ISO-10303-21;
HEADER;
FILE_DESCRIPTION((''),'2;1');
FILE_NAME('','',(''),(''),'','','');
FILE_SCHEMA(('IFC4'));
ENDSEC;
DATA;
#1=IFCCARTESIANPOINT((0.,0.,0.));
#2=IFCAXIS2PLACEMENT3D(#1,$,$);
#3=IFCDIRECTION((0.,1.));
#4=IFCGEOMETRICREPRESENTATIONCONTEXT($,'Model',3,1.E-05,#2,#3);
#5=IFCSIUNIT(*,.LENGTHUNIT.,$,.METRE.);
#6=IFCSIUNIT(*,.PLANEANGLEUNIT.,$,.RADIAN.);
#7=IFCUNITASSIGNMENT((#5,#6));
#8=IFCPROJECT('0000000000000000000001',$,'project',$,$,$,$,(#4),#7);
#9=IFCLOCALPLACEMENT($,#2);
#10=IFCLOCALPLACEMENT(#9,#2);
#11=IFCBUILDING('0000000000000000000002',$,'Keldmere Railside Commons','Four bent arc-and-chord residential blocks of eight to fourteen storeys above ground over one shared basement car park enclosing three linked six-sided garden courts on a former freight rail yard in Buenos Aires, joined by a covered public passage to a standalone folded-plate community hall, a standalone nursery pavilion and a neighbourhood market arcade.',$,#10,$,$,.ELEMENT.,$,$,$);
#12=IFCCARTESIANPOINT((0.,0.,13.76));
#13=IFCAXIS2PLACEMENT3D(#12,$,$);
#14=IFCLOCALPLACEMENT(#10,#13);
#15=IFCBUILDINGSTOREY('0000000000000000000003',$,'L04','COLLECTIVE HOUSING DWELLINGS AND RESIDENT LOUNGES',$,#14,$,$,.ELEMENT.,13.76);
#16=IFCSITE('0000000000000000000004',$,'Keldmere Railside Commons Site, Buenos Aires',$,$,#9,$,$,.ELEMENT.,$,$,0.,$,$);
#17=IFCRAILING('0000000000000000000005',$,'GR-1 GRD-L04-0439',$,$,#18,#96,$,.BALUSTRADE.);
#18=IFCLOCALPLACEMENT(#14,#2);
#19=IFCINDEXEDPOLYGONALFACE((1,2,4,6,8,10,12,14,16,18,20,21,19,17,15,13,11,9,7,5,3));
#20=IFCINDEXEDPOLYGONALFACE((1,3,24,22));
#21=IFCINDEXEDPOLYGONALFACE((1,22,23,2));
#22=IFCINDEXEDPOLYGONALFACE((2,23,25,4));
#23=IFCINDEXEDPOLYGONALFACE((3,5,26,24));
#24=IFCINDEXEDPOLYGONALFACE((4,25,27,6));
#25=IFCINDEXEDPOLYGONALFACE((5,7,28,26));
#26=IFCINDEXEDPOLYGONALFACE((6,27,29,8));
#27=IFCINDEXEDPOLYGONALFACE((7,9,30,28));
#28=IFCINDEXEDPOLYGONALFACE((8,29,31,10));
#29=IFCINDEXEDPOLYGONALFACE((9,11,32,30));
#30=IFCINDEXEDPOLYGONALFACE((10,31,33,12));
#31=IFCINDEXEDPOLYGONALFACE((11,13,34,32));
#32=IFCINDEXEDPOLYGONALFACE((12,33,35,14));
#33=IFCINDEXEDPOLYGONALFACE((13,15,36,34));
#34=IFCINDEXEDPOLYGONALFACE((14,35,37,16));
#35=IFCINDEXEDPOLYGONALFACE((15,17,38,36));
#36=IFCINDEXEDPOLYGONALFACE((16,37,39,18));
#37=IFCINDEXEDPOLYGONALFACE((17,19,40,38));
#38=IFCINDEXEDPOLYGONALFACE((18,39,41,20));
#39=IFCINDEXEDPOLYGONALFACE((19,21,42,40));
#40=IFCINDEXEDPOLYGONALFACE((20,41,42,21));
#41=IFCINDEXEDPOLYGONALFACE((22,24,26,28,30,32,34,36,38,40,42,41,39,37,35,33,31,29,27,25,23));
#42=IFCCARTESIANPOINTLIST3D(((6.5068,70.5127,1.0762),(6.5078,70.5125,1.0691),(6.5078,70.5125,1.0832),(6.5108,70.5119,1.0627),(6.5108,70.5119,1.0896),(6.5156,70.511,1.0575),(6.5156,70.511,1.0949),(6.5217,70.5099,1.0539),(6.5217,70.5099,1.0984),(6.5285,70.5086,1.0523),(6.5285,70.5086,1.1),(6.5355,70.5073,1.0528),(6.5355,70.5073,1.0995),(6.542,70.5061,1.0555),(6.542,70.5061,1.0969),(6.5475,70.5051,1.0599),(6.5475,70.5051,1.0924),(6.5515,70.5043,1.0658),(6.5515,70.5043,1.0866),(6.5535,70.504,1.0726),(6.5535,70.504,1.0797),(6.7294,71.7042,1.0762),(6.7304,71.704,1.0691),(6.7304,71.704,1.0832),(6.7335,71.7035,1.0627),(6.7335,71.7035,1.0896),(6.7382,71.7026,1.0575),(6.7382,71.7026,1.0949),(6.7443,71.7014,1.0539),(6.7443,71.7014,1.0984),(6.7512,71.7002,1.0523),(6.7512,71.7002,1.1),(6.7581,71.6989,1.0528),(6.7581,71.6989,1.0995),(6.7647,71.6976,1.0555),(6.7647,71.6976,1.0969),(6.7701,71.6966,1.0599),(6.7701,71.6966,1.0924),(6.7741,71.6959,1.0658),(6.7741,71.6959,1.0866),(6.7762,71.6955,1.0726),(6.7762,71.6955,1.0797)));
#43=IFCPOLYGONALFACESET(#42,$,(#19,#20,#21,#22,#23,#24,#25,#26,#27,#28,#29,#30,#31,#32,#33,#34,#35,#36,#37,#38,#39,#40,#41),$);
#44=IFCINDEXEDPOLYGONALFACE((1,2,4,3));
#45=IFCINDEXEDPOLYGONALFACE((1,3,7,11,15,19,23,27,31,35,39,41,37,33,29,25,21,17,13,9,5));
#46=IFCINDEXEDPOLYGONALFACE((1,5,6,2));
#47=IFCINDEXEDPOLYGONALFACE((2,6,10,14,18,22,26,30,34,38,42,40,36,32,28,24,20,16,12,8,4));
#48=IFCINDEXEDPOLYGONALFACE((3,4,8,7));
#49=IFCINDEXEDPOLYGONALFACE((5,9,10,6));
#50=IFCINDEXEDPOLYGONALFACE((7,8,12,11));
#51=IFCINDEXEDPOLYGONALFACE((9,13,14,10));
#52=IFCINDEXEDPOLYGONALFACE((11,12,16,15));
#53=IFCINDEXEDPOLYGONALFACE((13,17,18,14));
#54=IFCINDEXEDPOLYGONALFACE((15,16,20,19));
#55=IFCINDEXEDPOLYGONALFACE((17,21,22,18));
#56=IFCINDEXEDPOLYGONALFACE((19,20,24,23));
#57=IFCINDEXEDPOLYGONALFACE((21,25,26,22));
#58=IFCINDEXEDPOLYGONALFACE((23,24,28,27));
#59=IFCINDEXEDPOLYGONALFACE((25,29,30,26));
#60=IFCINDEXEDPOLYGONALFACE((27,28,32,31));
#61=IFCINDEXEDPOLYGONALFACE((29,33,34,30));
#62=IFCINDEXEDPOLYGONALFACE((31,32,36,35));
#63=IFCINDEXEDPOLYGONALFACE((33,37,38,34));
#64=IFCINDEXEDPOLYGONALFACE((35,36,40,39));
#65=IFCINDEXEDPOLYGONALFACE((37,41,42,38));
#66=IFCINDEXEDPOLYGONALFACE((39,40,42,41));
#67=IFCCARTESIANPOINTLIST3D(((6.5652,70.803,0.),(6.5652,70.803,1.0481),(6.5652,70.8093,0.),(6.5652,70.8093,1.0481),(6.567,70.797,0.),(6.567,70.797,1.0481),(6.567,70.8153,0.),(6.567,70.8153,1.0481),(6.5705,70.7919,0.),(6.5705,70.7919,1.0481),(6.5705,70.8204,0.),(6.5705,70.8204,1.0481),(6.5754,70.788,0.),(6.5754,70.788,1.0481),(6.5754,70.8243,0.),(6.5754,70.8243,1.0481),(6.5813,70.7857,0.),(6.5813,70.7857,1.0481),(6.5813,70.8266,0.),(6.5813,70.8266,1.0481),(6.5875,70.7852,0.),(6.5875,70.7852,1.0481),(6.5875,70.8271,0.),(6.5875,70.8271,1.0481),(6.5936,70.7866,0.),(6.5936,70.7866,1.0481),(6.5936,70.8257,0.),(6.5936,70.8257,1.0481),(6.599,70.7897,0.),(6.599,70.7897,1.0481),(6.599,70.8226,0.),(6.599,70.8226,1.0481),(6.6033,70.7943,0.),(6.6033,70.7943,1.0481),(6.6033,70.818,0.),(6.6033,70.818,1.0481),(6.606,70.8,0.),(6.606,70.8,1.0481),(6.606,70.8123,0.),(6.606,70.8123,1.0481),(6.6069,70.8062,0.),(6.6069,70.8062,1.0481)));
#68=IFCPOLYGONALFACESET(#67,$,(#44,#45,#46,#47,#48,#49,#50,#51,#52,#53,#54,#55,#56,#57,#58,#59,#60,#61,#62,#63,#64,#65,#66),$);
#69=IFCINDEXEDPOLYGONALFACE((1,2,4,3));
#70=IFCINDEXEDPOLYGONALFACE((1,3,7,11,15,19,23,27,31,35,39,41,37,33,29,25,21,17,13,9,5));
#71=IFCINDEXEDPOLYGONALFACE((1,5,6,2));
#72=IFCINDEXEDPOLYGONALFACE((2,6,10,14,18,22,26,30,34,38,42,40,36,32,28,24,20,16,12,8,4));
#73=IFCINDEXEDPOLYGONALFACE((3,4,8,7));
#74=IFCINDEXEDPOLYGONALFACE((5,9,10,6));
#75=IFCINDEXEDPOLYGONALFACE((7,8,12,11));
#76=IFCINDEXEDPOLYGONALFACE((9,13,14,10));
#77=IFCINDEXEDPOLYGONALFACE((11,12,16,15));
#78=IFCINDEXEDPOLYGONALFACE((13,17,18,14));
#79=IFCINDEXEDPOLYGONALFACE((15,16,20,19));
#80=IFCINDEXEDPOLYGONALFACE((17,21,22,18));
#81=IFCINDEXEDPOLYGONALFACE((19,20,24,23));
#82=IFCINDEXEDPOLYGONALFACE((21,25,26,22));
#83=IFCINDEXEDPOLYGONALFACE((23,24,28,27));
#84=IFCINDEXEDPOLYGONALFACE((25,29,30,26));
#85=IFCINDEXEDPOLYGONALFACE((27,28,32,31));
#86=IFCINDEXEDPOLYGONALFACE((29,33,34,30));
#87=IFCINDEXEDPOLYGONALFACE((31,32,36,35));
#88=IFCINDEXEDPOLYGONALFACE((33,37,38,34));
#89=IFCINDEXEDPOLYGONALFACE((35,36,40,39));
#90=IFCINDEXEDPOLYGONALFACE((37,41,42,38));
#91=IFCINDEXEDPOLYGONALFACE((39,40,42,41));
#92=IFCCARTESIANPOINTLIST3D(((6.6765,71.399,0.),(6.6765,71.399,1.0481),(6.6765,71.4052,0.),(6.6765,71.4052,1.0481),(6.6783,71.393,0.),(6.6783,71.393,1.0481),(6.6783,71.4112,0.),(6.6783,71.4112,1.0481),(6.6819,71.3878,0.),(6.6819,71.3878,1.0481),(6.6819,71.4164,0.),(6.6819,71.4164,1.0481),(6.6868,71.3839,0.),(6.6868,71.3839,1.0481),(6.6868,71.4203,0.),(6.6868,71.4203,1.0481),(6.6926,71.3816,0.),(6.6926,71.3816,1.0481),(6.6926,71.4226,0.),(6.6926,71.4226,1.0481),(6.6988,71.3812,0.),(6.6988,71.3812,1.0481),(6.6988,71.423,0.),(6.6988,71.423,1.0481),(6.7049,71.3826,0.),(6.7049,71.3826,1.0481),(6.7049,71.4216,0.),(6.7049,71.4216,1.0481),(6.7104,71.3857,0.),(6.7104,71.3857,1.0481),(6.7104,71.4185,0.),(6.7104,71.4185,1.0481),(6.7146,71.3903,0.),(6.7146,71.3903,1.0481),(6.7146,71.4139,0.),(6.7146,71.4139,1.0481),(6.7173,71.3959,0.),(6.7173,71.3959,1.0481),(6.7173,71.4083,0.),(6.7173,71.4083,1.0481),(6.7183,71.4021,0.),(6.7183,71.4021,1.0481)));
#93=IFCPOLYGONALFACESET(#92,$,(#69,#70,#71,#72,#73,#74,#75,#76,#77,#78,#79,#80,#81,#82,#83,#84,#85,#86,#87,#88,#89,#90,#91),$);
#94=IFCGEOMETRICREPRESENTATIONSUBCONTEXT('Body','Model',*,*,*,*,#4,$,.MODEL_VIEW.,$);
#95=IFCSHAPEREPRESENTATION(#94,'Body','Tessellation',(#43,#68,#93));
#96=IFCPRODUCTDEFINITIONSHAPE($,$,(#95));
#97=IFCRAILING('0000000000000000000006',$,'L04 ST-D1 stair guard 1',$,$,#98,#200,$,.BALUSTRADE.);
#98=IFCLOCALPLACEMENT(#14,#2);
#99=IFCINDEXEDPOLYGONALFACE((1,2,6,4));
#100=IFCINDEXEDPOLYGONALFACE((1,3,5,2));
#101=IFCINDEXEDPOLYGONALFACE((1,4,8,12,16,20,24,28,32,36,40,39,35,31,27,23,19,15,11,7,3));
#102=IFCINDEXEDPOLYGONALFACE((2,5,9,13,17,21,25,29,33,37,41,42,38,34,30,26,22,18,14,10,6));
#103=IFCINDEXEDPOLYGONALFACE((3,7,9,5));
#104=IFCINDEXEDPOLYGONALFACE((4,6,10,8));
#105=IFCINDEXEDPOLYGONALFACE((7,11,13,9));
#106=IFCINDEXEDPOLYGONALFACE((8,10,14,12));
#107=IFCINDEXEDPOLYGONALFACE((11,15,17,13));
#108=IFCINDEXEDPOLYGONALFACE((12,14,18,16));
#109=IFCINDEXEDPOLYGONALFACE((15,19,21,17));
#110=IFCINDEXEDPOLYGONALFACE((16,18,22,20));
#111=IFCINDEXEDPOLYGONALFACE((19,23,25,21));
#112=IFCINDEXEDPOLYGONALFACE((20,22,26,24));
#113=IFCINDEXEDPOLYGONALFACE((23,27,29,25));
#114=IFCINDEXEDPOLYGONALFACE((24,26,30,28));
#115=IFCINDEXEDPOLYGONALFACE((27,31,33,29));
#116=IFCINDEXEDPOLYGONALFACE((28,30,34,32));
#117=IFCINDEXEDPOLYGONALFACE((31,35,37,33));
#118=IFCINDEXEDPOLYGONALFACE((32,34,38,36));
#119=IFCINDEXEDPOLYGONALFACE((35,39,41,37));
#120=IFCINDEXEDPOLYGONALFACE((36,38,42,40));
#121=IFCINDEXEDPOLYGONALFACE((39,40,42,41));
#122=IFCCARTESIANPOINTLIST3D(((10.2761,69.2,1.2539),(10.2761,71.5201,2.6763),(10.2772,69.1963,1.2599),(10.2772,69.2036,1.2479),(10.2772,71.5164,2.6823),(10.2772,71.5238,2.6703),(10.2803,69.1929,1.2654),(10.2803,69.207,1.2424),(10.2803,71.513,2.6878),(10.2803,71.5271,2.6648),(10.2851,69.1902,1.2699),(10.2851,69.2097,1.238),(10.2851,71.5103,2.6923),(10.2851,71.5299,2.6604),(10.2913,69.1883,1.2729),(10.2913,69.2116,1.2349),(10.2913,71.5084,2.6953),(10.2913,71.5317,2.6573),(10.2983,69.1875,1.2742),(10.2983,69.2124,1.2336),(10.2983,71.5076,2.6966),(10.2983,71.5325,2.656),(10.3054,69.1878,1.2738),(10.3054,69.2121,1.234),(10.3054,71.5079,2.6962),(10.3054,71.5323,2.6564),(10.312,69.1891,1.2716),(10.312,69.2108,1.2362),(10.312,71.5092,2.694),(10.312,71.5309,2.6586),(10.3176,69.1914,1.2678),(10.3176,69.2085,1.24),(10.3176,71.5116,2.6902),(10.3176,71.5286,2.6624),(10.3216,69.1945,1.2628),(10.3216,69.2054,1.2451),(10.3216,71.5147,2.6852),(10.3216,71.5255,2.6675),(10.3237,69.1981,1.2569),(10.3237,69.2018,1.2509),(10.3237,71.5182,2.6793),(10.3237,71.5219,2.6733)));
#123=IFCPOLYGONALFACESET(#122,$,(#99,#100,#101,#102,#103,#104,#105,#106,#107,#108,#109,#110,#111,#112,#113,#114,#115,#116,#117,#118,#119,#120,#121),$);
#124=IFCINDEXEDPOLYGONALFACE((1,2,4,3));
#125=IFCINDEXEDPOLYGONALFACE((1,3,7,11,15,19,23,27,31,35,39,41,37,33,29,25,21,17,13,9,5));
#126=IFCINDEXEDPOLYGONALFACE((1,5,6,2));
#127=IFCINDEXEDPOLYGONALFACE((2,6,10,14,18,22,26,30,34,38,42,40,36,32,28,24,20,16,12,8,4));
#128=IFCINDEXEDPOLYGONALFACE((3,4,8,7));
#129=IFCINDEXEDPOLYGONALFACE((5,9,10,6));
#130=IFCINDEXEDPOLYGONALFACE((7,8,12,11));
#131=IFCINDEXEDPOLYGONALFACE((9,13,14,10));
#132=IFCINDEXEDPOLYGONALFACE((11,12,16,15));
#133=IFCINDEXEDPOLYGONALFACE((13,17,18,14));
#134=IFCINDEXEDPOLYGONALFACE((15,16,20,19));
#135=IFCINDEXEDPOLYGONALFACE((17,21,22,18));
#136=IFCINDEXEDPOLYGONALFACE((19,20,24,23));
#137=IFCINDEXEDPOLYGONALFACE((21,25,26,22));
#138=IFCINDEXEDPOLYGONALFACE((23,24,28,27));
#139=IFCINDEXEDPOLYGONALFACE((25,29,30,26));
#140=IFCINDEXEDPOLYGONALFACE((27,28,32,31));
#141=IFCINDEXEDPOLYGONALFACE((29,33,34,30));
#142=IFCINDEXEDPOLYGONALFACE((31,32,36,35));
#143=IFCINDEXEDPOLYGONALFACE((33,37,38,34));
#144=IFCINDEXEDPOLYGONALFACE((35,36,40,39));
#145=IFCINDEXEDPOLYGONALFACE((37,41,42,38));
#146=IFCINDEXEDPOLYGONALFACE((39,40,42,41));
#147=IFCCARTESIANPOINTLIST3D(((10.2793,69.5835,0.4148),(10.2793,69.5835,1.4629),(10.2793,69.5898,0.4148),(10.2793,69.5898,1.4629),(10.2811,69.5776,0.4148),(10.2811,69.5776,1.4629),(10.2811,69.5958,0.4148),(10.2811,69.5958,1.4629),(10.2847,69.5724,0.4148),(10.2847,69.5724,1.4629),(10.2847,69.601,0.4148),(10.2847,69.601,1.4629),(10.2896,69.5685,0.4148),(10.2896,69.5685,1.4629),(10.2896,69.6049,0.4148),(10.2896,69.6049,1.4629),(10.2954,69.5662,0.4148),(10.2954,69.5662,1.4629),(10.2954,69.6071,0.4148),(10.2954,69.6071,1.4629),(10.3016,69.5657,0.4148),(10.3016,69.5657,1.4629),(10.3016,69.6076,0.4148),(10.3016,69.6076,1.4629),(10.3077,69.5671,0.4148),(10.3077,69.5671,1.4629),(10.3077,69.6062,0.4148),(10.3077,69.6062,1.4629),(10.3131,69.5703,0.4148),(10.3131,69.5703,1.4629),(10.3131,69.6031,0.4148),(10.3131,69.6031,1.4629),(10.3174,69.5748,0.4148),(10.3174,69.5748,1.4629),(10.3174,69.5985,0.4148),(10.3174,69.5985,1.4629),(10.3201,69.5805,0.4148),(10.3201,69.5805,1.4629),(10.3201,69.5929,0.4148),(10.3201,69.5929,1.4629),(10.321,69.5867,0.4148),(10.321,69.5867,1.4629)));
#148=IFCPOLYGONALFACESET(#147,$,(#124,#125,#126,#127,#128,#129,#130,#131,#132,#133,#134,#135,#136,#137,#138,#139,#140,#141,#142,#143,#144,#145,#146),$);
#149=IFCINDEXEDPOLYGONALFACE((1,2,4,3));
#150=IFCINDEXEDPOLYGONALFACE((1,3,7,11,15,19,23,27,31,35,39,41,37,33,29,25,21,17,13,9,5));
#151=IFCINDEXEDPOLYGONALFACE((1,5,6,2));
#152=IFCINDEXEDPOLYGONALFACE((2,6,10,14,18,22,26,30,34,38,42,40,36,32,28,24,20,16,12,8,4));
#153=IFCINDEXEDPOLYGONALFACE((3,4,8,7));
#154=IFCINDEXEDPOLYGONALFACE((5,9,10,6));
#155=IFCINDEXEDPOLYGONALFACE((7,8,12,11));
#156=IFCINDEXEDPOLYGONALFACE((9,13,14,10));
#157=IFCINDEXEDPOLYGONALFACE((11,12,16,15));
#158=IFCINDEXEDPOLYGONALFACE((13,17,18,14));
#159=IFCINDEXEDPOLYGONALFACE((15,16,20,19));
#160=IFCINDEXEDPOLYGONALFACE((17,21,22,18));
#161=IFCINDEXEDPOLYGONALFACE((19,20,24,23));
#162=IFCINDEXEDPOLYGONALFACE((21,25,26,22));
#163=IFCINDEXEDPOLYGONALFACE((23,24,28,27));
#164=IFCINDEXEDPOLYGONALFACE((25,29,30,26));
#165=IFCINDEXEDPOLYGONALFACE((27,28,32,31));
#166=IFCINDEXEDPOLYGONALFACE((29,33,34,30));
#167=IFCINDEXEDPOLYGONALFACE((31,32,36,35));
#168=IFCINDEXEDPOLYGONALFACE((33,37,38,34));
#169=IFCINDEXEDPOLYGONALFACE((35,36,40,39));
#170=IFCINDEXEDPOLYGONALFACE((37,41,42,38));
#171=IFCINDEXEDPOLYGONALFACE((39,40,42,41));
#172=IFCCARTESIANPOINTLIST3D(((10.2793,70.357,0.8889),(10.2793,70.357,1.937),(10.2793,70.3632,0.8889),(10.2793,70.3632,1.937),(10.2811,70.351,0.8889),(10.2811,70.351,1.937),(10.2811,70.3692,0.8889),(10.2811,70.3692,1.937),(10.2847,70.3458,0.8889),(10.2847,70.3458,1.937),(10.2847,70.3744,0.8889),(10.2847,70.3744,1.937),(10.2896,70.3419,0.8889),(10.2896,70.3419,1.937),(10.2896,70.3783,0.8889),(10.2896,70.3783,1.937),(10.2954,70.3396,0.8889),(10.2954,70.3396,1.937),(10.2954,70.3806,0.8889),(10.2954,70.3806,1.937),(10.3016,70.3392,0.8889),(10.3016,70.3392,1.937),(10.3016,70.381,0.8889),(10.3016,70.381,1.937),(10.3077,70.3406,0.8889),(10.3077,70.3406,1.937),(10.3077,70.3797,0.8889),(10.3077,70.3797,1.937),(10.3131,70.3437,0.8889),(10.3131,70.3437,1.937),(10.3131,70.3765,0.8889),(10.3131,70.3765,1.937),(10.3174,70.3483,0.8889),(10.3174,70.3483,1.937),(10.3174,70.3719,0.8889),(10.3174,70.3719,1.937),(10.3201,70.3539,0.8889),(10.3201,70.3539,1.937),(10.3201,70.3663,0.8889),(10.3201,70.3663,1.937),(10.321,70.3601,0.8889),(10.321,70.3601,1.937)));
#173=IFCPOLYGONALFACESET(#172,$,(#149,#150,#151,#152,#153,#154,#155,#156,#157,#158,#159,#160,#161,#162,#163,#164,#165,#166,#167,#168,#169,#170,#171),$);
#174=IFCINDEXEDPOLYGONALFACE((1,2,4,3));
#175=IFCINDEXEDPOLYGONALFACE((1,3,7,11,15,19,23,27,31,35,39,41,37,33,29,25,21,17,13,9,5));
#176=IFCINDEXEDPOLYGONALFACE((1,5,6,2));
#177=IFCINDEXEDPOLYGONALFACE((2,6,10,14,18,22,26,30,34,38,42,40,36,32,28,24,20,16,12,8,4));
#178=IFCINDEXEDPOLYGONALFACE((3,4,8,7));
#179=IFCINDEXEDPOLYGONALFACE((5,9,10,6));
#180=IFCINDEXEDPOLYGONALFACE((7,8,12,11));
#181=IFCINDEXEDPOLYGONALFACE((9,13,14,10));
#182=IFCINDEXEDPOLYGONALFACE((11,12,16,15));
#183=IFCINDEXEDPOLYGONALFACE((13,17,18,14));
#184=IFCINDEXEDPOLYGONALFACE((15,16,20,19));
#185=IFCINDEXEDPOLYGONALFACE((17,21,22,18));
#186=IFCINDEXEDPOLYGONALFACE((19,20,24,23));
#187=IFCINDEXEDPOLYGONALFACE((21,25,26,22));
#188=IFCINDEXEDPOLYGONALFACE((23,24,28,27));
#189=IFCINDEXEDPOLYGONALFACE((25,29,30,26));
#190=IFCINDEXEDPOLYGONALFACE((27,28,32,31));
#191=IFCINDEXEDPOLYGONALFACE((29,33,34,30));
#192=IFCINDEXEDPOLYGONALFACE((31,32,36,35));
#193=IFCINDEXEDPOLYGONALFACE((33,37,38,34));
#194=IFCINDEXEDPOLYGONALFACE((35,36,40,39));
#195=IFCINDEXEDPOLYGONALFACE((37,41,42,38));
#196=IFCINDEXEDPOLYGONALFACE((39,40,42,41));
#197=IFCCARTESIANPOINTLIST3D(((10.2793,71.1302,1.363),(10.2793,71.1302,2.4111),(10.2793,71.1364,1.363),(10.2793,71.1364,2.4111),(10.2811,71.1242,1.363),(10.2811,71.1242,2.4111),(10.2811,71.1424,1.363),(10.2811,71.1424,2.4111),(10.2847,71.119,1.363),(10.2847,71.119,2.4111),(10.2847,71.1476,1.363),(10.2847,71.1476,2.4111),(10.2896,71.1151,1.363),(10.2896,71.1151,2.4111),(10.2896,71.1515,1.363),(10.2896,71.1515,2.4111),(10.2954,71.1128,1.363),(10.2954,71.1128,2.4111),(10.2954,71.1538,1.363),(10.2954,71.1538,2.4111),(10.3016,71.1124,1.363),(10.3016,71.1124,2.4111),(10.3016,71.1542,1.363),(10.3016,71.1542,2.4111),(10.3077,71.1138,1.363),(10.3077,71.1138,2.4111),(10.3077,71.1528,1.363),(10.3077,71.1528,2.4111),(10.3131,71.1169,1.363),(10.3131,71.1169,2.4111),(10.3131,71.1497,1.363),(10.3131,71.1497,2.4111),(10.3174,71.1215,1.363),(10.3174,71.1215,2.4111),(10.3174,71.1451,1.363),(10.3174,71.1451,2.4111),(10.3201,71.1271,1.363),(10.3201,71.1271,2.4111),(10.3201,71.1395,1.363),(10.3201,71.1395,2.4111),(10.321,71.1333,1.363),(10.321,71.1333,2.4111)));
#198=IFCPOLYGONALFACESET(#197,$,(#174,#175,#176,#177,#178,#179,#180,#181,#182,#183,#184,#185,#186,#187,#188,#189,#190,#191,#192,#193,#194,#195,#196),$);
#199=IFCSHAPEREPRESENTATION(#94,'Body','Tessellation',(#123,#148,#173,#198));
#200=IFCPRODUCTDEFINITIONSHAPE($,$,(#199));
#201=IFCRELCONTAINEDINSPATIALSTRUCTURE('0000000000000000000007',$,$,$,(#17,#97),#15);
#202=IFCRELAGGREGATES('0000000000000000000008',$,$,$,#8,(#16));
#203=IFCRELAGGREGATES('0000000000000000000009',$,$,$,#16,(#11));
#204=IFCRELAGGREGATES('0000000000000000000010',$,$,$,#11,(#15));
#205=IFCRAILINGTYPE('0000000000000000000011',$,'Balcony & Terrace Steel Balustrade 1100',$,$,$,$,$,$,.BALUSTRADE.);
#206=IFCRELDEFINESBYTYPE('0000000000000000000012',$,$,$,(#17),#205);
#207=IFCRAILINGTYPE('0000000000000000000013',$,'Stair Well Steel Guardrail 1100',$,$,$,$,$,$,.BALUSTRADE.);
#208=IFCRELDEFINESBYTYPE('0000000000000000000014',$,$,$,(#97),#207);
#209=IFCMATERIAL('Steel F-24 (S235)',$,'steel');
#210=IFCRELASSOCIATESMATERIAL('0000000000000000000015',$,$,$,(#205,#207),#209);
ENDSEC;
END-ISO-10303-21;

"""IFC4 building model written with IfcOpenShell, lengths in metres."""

from ifc_helpers import new_model, si_unit, direction, frame, origin, origin_2d, place, context, subcontext, project, spatial, circle, extrude, material, type_object, element, save


model = new_model("IFC4")

# Units and contexts
model_context = context("Model", 3, precision=1e-05, world=origin(), true_north=direction((0.0, 1.0)))
body_context = subcontext(model_context, "Body", "Model", "MODEL_VIEW")
ifc_project = project(units=[si_unit("LENGTHUNIT", "METRE"), si_unit("PLANEANGLEUNIT", "RADIAN")], contexts=[model_context])

# Site, building, storey
site_placement = place(None, origin())
site = spatial("IfcSite", under=ifc_project, at=site_placement, Name="Keldmere Railside Commons Site, Buenos Aires", CompositionType="ELEMENT", RefElevation=0.0)
building_placement = place(site_placement, origin())
building = spatial("IfcBuilding", under=site, at=building_placement, Name="Keldmere Railside Commons", Description="Four bent arc-and-chord residential blocks of eight to fourteen storeys above ground over one shared basement car park enclosing three linked six-sided garden courts on a former freight rail yard in Buenos Aires, joined by a covered public passage to a standalone folded-plate community hall, a standalone nursery pavilion and a neighbourhood market arcade.", CompositionType="ELEMENT")
storey_placement = place(building_placement, frame((0.0, 0.0, 13.76)))
storey = spatial("IfcBuildingStorey", under=building, at=storey_placement, Name="L04", Description="COLLECTIVE HOUSING DWELLINGS AND RESIDENT LOUNGES", CompositionType="ELEMENT", Elevation=13.76)

# Railings
ifc_material_1 = material(Name="Steel F-24 (S235)", Category="steel")
railing_type_1 = type_object("IfcRailingType", Name="Balcony & Terrace Steel Balustrade 1100", PredefinedType="BALUSTRADE", material=ifc_material_1)
railing_1_placement = place(storey_placement, frame((6.5303, 70.5083, 0.0)))
element("IfcRailing", 1, at=railing_1_placement, inside=storey, type_object=railing_type_1, Name="GR-1 GRD-L04-0439", PredefinedType="BALUSTRADE", context=body_context, shape_type="SweptSolid", body=[
    extrude(circle(Radius=0.0239, at=origin_2d()), frame((0.0, 0.0, 1.0762), z_axis=(0.183668, 0.982988, 0.0), x_axis=(-0.982988, 0.183668, 0.0)), (0.0, 0.0, 1.0), 1.2122),
    extrude(circle(Radius=0.021, at=origin_2d()), frame((0.0557, 0.2979, 0.0)), (0.0, 0.0, 1.0), 1.0481),
    extrude(circle(Radius=0.021, at=origin_2d()), frame((0.167, 0.8938, 0.0)), (0.0, 0.0, 1.0), 1.0481),
])
railing_type_2 = type_object("IfcRailingType", Name="Stair Well Steel Guardrail 1100", PredefinedType="BALUSTRADE", material=ifc_material_1)
railing_2_placement = place(storey_placement, frame((10.3, 69.2, 0.1777)))
element("IfcRailing", 2, at=railing_2_placement, inside=storey, type_object=railing_type_2, Name="L04 ST-D1 stair guard 1", PredefinedType="BALUSTRADE", context=body_context, shape_type="SweptSolid", body=[
    extrude(circle(Radius=0.0239, at=origin_2d()), frame((0.0, 0.0, 1.0762), z_axis=(0.0, 0.852538, 0.522665), x_axis=(-1.0, 0.0, 0.0)), (0.0, 0.0, 1.0), 2.7214),
    extrude(circle(Radius=0.021, at=origin_2d()), frame((0.0, 0.3867, 0.2371)), (0.0, 0.0, 1.0), 1.0481),
    extrude(circle(Radius=0.021, at=origin_2d()), frame((0.0, 1.1602, 0.7112)), (0.0, 0.0, 1.0), 1.0481),
    extrude(circle(Radius=0.021, at=origin_2d()), frame((0.0, 1.9333, 1.1853)), (0.0, 0.0, 1.0), 1.0481),
])

save(model, "model.ifc")
